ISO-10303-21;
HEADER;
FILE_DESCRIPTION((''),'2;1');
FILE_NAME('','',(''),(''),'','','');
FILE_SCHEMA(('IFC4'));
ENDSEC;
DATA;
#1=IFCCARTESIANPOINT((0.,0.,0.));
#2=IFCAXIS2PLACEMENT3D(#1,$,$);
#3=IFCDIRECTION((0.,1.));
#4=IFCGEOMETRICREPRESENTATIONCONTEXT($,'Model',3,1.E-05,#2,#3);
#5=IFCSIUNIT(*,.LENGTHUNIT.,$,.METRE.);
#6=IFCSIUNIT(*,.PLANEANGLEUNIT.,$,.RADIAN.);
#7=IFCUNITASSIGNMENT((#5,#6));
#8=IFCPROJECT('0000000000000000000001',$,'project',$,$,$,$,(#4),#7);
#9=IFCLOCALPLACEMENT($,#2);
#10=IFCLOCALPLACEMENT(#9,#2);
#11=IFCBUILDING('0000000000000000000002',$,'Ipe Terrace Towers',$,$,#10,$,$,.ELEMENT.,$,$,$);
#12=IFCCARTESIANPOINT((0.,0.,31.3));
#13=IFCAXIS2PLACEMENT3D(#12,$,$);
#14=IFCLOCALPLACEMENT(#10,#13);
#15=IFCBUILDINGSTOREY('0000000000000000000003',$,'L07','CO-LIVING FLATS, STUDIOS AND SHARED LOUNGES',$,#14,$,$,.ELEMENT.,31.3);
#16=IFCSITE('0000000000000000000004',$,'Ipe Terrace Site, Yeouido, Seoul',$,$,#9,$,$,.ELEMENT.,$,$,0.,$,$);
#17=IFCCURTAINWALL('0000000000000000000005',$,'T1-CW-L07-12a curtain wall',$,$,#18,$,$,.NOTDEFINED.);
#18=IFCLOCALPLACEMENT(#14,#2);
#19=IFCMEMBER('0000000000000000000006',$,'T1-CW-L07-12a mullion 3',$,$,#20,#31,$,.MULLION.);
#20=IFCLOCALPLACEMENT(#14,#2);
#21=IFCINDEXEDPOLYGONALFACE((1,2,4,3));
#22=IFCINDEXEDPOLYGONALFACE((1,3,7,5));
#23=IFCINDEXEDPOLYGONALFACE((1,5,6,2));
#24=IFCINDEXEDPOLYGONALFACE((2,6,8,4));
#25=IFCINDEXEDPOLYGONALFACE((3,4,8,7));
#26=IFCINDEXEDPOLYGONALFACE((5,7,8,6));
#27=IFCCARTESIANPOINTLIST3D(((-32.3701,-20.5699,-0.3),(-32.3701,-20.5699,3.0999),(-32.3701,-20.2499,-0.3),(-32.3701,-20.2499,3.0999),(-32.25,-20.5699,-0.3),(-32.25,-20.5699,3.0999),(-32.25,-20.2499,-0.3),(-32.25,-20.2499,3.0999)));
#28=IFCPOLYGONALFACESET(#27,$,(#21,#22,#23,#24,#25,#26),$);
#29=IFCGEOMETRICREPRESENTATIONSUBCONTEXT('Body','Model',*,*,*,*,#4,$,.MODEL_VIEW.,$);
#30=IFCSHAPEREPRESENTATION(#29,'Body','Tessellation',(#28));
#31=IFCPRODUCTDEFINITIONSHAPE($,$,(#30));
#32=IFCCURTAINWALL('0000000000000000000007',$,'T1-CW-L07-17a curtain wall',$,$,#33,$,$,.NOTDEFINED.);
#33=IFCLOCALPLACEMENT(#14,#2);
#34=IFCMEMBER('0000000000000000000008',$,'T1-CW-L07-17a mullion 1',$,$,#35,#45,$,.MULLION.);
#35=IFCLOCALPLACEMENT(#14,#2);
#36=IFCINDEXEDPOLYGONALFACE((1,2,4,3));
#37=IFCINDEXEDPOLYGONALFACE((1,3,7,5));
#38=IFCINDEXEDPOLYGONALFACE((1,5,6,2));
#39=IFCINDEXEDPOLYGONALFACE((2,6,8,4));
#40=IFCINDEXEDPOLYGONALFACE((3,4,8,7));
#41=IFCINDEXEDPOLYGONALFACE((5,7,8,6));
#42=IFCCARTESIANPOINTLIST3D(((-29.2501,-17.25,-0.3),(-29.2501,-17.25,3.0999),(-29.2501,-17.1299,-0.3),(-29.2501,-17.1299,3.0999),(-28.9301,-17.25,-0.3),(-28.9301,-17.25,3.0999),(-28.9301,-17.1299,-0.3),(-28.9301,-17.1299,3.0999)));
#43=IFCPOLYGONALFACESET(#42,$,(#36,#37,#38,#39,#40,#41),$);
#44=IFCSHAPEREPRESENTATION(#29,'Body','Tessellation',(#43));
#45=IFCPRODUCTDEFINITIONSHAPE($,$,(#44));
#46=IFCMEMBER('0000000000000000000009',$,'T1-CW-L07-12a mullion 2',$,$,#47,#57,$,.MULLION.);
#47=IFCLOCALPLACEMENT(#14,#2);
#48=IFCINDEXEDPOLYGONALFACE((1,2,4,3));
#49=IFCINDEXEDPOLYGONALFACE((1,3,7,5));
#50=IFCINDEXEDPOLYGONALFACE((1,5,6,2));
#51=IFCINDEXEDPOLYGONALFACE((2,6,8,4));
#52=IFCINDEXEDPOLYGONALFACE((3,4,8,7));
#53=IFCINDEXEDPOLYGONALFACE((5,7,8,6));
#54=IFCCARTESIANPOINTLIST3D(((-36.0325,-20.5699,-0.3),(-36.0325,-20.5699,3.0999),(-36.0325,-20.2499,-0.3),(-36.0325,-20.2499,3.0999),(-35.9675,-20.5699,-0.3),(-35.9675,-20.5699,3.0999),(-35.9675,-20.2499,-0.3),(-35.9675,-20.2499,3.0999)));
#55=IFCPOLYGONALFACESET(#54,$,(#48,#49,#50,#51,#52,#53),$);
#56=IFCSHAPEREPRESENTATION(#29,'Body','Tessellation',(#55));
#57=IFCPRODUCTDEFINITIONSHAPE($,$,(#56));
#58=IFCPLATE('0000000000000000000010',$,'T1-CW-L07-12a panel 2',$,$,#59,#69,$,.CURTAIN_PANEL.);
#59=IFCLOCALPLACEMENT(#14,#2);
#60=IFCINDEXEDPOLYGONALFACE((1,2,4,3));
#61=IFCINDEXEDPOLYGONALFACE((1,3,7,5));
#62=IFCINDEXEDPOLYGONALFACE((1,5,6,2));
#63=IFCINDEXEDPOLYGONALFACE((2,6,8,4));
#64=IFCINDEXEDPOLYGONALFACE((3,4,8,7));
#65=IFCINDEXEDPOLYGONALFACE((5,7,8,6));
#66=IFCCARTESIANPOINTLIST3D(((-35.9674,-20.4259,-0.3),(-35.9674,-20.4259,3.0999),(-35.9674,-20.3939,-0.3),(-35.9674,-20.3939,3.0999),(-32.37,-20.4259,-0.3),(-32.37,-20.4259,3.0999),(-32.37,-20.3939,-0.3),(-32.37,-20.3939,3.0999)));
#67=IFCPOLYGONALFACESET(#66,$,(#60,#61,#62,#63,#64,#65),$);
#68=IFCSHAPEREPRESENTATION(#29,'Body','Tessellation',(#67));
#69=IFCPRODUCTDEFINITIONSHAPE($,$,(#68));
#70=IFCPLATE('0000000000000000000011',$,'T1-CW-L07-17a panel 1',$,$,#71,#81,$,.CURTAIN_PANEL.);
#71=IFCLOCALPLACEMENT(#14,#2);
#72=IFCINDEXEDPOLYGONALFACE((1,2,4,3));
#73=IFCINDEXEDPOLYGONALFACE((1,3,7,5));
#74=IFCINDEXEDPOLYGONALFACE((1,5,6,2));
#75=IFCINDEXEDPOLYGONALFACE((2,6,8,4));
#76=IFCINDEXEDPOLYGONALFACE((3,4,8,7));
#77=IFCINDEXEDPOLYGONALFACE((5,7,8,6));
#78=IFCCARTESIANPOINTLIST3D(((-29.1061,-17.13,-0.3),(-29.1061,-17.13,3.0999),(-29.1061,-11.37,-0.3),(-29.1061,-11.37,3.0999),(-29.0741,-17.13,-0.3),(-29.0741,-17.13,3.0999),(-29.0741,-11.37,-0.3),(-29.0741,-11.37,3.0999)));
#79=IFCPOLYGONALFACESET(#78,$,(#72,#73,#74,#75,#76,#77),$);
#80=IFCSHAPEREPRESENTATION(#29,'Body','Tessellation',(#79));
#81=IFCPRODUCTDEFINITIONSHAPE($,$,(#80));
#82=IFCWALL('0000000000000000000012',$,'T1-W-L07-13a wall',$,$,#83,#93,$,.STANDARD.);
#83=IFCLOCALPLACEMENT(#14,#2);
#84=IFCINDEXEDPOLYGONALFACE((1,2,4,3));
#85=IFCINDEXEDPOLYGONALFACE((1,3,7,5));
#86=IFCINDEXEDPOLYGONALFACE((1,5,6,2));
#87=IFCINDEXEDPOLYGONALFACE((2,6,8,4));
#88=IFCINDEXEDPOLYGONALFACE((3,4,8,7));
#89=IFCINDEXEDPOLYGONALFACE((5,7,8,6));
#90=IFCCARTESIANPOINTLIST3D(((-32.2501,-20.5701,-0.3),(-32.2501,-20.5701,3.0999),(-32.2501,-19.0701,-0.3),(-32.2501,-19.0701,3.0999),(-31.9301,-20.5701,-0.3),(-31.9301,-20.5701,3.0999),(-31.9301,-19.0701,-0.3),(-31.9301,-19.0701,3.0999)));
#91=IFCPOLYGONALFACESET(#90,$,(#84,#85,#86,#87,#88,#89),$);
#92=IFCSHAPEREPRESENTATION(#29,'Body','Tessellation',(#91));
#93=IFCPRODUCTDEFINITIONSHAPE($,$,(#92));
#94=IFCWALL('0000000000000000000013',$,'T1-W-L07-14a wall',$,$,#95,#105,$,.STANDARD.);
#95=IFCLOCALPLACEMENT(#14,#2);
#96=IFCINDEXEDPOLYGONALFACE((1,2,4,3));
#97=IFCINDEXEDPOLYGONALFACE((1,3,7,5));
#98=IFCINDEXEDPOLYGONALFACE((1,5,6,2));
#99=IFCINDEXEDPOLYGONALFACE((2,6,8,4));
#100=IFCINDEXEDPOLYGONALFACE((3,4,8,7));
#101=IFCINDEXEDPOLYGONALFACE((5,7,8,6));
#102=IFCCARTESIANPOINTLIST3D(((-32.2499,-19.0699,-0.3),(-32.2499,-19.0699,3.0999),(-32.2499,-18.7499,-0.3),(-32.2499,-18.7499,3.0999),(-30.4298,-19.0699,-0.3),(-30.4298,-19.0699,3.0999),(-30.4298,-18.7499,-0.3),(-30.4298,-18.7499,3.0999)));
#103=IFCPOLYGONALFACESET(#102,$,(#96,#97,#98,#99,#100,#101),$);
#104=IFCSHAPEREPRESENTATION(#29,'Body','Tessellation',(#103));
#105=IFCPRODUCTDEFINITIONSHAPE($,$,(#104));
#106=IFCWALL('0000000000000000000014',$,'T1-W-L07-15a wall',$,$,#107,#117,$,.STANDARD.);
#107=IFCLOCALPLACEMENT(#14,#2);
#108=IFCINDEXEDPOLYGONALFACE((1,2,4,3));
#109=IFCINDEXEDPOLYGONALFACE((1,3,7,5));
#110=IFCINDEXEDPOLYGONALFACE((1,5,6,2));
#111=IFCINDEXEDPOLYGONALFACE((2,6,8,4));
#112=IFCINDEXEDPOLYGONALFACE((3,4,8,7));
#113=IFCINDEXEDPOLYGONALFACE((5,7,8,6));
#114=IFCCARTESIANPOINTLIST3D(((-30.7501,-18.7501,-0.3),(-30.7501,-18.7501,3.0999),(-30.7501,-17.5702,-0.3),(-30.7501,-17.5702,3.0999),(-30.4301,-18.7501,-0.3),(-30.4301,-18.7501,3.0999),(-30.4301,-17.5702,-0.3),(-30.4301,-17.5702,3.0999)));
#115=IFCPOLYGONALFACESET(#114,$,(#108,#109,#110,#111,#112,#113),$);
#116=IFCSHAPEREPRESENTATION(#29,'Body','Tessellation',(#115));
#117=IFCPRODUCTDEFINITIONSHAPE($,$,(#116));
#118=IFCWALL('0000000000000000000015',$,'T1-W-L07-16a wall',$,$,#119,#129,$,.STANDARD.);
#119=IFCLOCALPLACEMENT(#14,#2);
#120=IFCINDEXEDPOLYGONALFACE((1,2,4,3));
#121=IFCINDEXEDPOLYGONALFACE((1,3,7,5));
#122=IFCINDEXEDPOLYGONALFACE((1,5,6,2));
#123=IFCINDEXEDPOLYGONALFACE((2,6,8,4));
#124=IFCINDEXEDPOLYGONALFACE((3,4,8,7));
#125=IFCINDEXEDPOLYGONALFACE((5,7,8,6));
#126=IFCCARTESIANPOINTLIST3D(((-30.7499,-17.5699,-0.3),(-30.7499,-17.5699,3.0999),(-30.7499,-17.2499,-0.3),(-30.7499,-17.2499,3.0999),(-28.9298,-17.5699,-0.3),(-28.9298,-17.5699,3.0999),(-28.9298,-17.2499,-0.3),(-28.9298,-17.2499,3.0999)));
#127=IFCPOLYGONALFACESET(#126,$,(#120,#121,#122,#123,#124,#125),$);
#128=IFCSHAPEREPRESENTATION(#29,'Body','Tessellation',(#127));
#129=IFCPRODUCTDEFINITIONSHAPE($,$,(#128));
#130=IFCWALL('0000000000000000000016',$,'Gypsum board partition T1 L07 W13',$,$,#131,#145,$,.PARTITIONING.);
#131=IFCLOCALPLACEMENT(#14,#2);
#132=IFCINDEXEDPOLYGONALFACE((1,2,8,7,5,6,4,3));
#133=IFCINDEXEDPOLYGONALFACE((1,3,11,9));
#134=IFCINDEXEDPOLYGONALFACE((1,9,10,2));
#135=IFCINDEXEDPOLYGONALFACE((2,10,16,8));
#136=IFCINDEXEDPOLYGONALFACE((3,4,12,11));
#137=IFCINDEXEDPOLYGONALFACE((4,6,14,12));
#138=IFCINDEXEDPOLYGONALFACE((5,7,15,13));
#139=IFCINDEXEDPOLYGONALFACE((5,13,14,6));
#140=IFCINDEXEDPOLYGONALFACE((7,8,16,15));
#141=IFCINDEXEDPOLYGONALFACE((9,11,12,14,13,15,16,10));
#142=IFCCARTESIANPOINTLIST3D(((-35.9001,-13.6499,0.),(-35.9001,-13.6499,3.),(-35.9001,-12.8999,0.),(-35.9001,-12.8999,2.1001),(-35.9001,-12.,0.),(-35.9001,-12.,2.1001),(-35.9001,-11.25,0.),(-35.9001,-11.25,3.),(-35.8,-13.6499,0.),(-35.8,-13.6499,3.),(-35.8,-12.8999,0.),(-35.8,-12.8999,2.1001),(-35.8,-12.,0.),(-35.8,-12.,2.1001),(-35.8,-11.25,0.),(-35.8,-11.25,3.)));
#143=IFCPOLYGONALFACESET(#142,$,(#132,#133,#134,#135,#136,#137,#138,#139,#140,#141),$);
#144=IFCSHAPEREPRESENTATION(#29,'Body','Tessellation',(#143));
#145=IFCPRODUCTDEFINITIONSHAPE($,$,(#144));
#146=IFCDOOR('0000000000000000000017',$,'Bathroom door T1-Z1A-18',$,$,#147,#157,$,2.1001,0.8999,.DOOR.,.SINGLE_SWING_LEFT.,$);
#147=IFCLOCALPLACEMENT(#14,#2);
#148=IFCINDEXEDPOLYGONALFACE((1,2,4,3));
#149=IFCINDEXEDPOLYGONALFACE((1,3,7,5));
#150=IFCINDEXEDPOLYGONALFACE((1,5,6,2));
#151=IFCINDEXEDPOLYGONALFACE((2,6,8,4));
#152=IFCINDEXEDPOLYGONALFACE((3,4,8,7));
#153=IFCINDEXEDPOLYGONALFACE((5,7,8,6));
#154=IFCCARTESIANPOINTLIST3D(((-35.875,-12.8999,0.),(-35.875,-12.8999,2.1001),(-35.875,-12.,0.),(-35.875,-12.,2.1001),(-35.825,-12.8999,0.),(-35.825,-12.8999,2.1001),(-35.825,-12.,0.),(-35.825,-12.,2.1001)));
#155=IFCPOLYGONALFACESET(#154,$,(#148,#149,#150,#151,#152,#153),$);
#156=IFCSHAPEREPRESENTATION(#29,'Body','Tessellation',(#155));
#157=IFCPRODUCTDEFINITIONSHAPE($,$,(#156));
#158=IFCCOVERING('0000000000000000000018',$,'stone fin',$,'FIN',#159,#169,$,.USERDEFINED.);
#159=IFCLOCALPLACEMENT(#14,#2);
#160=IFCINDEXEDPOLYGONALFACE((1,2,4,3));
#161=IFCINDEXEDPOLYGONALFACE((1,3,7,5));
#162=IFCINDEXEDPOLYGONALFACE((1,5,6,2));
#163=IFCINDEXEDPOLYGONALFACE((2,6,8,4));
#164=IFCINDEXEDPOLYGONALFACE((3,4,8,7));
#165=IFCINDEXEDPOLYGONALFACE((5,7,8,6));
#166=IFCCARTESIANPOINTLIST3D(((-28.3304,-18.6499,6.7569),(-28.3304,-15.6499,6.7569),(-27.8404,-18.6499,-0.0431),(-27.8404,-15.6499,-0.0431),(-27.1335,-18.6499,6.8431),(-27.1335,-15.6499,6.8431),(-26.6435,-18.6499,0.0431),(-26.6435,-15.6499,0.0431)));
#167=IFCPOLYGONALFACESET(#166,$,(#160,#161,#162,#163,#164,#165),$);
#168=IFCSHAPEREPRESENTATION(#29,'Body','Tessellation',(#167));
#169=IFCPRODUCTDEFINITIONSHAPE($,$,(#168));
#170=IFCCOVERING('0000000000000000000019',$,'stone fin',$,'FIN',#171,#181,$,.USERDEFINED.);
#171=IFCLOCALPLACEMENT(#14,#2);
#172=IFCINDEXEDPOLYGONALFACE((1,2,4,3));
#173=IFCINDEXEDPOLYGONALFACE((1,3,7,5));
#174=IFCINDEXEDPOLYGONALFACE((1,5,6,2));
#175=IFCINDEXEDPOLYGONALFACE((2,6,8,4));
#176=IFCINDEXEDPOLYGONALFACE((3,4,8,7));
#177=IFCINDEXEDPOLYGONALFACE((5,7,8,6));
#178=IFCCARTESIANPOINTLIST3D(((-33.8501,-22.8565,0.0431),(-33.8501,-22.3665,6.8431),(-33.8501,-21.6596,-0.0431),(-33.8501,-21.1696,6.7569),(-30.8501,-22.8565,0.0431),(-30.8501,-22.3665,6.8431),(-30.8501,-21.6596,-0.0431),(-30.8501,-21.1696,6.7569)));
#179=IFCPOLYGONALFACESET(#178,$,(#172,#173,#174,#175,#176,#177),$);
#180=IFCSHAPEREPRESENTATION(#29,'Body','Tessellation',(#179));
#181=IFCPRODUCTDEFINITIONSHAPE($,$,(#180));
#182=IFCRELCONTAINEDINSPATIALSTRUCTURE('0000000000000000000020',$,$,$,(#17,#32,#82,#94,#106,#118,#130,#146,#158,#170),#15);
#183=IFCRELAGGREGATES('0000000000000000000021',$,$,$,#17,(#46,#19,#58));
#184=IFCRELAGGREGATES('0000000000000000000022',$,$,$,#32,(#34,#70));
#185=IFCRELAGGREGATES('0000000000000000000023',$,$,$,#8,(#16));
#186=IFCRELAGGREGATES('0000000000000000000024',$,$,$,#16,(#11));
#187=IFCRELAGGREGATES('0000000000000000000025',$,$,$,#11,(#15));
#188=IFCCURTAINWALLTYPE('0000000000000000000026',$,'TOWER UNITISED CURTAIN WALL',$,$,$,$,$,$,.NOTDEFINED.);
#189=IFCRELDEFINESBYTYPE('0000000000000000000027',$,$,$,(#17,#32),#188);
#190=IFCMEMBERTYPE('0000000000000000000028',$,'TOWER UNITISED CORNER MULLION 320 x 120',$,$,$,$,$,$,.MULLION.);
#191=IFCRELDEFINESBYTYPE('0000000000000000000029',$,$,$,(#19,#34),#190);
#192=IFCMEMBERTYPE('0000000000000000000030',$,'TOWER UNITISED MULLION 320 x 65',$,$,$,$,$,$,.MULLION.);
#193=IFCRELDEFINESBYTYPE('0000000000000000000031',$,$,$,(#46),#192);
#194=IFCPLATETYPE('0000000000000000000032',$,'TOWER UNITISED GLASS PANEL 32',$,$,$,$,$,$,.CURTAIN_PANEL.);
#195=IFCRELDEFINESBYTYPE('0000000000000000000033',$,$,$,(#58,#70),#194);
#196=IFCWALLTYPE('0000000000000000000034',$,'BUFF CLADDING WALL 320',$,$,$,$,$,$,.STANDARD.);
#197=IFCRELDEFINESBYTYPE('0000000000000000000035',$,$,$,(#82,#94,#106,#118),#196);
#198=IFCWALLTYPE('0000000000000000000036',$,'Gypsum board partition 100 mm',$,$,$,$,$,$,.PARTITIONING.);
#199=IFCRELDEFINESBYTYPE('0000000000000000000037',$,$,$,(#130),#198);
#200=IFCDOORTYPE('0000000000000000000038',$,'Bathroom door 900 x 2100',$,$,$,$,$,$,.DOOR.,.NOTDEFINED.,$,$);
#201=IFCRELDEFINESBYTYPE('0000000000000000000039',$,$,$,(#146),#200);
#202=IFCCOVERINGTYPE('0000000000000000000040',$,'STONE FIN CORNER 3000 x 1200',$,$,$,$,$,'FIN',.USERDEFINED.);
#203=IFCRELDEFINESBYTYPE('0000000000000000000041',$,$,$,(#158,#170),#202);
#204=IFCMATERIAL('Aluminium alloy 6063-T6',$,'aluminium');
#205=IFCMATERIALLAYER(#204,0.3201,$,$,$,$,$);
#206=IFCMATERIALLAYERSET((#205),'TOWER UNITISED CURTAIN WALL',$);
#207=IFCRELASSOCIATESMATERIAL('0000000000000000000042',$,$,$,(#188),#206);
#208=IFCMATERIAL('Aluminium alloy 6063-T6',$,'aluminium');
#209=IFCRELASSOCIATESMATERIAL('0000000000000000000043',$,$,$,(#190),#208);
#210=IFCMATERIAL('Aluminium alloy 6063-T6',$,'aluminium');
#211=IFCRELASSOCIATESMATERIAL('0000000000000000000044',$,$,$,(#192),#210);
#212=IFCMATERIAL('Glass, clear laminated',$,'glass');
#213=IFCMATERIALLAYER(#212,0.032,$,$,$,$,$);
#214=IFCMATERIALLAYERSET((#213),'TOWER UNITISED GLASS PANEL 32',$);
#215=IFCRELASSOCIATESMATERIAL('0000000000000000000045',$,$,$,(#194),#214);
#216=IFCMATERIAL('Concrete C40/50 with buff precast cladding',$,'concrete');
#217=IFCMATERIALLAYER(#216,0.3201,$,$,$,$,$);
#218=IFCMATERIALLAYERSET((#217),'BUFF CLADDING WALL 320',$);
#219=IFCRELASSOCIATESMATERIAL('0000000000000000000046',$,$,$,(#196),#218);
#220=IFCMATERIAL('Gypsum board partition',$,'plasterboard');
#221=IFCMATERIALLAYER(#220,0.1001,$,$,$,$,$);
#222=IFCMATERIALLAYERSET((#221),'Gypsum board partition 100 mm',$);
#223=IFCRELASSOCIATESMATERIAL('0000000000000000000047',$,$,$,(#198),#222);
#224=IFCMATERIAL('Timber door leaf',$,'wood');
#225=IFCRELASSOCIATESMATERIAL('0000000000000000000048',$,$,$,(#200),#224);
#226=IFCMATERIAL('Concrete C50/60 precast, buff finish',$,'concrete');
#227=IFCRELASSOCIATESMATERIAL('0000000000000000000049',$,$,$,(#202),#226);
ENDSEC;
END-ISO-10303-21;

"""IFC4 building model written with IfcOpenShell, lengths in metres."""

from ifc_helpers import new_model, si_unit, direction, frame, frame_2d, origin, origin_2d, place, context, subcontext, project, spatial, rectangle, extrude, material, layer, layer_set, material_profile, profile_set, type_object, element, fill, aggregate, save


model = new_model("IFC4")

# Units and contexts
model_context = context("Model", 3, precision=1e-05, world=origin(), true_north=direction((0.0, 1.0)))
body_context = subcontext(model_context, "Body", "Model", "MODEL_VIEW")
ifc_project = project(units=[si_unit("LENGTHUNIT", "METRE"), si_unit("PLANEANGLEUNIT", "RADIAN")], contexts=[model_context])

# Site, building, storey
site_placement = place(None, origin())
site = spatial("IfcSite", under=ifc_project, at=site_placement, Name="Ipe Terrace Site, Yeouido, Seoul", CompositionType="ELEMENT", RefElevation=0.0)
building_placement = place(site_placement, origin())
building = spatial("IfcBuilding", under=site, at=building_placement, Name="Ipe Terrace Towers", CompositionType="ELEMENT")
storey_placement = place(building_placement, frame((0.0, 0.0, 31.3)))
storey = spatial("IfcBuildingStorey", under=building, at=storey_placement, Name="L07", Description="CO-LIVING FLATS, STUDIOS AND SHARED LOUNGES", CompositionType="ELEMENT", Elevation=31.3)

# Curtain walls, members
ifc_material_1 = material(Name="Aluminium alloy 6063-T6", Category="aluminium")
ifc_layer_1 = layer(ifc_material_1, 0.3201)
ifc_layer_set_1 = layer_set([ifc_layer_1], Name="TOWER UNITISED CURTAIN WALL")
curtain_wall_type = type_object("IfcCurtainWallType", Name="TOWER UNITISED CURTAIN WALL", PredefinedType="NOTDEFINED", material=ifc_layer_set_1)
curtain_wall_1_placement = place(storey_placement, origin())
curtain_wall_1 = element("IfcCurtainWall", 1, at=curtain_wall_1_placement, inside=storey, type_object=curtain_wall_type, Name="T1-CW-L07-12a curtain wall", PredefinedType="NOTDEFINED")
ifc_material_2 = material(Name="Aluminium alloy 6063-T6", Category="aluminium")
ifc_material_profile_1 = material_profile(ifc_material_2, rectangle(XDim=0.3201, YDim=0.1201, at=origin_2d()), Name="TOWER UNITISED CORNER MULLION 320 x 120")
ifc_profile_set_1 = profile_set([ifc_material_profile_1], Name="Aluminium alloy 6063-T6")
member_type_1 = type_object("IfcMemberType", Name="TOWER UNITISED CORNER MULLION 320 x 120", PredefinedType="MULLION", material=ifc_profile_set_1)
member_1_placement = place(storey_placement, frame((-32.3101, -20.4099, -0.3), z_axis=(0.0, 0.0, 1.0), x_axis=(0.0, -1.0, 0.0)))
member_1 = element("IfcMember", 2, at=member_1_placement, type_object=member_type_1, Name="T1-CW-L07-12a mullion 3", PredefinedType="MULLION", context=body_context, shape_type="SweptSolid", body=[
    extrude(rectangle(XDim=0.3201, YDim=0.1201, at=origin_2d()), origin(), (0.0, 0.0, 1.0), 3.3999),
])
curtain_wall_2_placement = place(storey_placement, origin())
curtain_wall_2 = element("IfcCurtainWall", 3, at=curtain_wall_2_placement, inside=storey, type_object=curtain_wall_type, Name="T1-CW-L07-17a curtain wall", PredefinedType="NOTDEFINED")
member_2_placement = place(storey_placement, frame((-29.0901, -17.1899, -0.3), z_axis=(0.0, 0.0, 1.0), x_axis=(1.0, 0.0, 0.0)))
member_2 = element("IfcMember", 4, at=member_2_placement, type_object=member_type_1, Name="T1-CW-L07-17a mullion 1", PredefinedType="MULLION", context=body_context, shape_type="SweptSolid", body=[
    extrude(rectangle(XDim=0.3201, YDim=0.1201, at=origin_2d()), origin(), (0.0, 0.0, 1.0), 3.3999),
])

# Member
ifc_material_3 = material(Name="Aluminium alloy 6063-T6", Category="aluminium")
ifc_material_profile_2 = material_profile(ifc_material_3, rectangle(XDim=0.3201, YDim=0.0649, at=origin_2d()), Name="TOWER UNITISED MULLION 320 x 65")
ifc_profile_set_2 = profile_set([ifc_material_profile_2], Name="Aluminium alloy 6063-T6")
member_type_2 = type_object("IfcMemberType", Name="TOWER UNITISED MULLION 320 x 65", PredefinedType="MULLION", material=ifc_profile_set_2)
member_3_placement = place(storey_placement, frame((-36.0, -20.4099, -0.3), z_axis=(0.0, 0.0, 1.0), x_axis=(0.0, -1.0, 0.0)))
member_3 = element("IfcMember", 5, at=member_3_placement, type_object=member_type_2, Name="T1-CW-L07-12a mullion 2", PredefinedType="MULLION", context=body_context, shape_type="SweptSolid", body=[
    extrude(rectangle(XDim=0.3201, YDim=0.0649, at=origin_2d()), origin(), (0.0, 0.0, 1.0), 3.3999),
])

# Plates
ifc_material_4 = material(Name="Glass, clear laminated", Category="glass")
ifc_layer_2 = layer(ifc_material_4, 0.032)
ifc_layer_set_2 = layer_set([ifc_layer_2], Name="TOWER UNITISED GLASS PANEL 32")
plate_type = type_object("IfcPlateType", Name="TOWER UNITISED GLASS PANEL 32", PredefinedType="CURTAIN_PANEL", material=ifc_layer_set_2)
plate_1_placement = place(storey_placement, frame((-34.1687, -20.4099, -0.3), z_axis=(0.0, 0.0, 1.0), x_axis=(1.0, 0.0, 0.0)))
plate_1 = element("IfcPlate", 6, at=plate_1_placement, type_object=plate_type, Name="T1-CW-L07-12a panel 2", PredefinedType="CURTAIN_PANEL", context=body_context, shape_type="SweptSolid", body=[
    extrude(rectangle(XDim=3.5974, YDim=0.032, at=origin_2d()), origin(), (0.0, 0.0, 1.0), 3.3999),
])
aggregate(curtain_wall_1, [member_3, member_1, plate_1])
plate_2_placement = place(storey_placement, frame((-29.0901, -14.25, -0.3), z_axis=(0.0, 0.0, 1.0), x_axis=(0.0, 1.0, 0.0)))
plate_2 = element("IfcPlate", 7, at=plate_2_placement, type_object=plate_type, Name="T1-CW-L07-17a panel 1", PredefinedType="CURTAIN_PANEL", context=body_context, shape_type="SweptSolid", body=[
    extrude(rectangle(XDim=5.76, YDim=0.032, at=origin_2d()), origin(), (0.0, 0.0, 1.0), 3.3999),
])
aggregate(curtain_wall_2, [member_2, plate_2])

# Walls
ifc_material_5 = material(Name="Concrete C40/50 with buff precast cladding", Category="concrete")
ifc_layer_3 = layer(ifc_material_5, 0.3201)
ifc_layer_set_3 = layer_set([ifc_layer_3], Name="BUFF CLADDING WALL 320")
wall_type_1 = type_object("IfcWallType", Name="BUFF CLADDING WALL 320", PredefinedType="STANDARD", material=ifc_layer_set_3)
wall_1_placement = place(storey_placement, frame((-32.0901, -20.5701, -0.3), z_axis=(0.0, 0.0, 1.0), x_axis=(0.0, 1.0, 0.0)))
element("IfcWall", 8, at=wall_1_placement, inside=storey, type_object=wall_type_1, Name="T1-W-L07-13a wall", PredefinedType="STANDARD", context=body_context, shape_type="SweptSolid", body=[
    extrude(rectangle(XDim=1.5, YDim=0.3201, at=frame_2d((0.75, 0.0))), origin(), (0.0, 0.0, 1.0), 3.3999),
])
wall_2_placement = place(storey_placement, frame((-32.25, -18.9099, -0.3), z_axis=(0.0, 0.0, 1.0), x_axis=(1.0, 0.0, 0.0)))
element("IfcWall", 9, at=wall_2_placement, inside=storey, type_object=wall_type_1, Name="T1-W-L07-14a wall", PredefinedType="STANDARD", context=body_context, shape_type="SweptSolid", body=[
    extrude(rectangle(XDim=1.8201, YDim=0.3201, at=frame_2d((0.9102, 0.0))), origin(), (0.0, 0.0, 1.0), 3.3999),
])
wall_3_placement = place(storey_placement, frame((-30.5901, -18.75, -0.3), z_axis=(0.0, 0.0, 1.0), x_axis=(0.0, 1.0, 0.0)))
element("IfcWall", 10, at=wall_3_placement, inside=storey, type_object=wall_type_1, Name="T1-W-L07-15a wall", PredefinedType="STANDARD", context=body_context, shape_type="SweptSolid", body=[
    extrude(rectangle(XDim=1.1799, YDim=0.3201, at=frame_2d((0.5898, 0.0))), origin(), (0.0, 0.0, 1.0), 3.3999),
])
wall_4_placement = place(storey_placement, frame((-30.75, -17.4099, -0.3), z_axis=(0.0, 0.0, 1.0), x_axis=(1.0, 0.0, 0.0)))
element("IfcWall", 11, at=wall_4_placement, inside=storey, type_object=wall_type_1, Name="T1-W-L07-16a wall", PredefinedType="STANDARD", context=body_context, shape_type="SweptSolid", body=[
    extrude(rectangle(XDim=1.8201, YDim=0.3201, at=frame_2d((0.9102, 0.0))), origin(), (0.0, 0.0, 1.0), 3.3999),
])

# Wall, opening, door
ifc_material_6 = material(Name="Gypsum board partition", Category="plasterboard")
ifc_layer_4 = layer(ifc_material_6, 0.1001)
ifc_layer_set_4 = layer_set([ifc_layer_4], Name="Gypsum board partition 100 mm")
wall_type_2 = type_object("IfcWallType", Name="Gypsum board partition 100 mm", PredefinedType="PARTITIONING", material=ifc_layer_set_4)
wall_5_placement = place(storey_placement, frame((-35.8501, -13.6499, 0.0), z_axis=(0.0, 0.0, 1.0), x_axis=(0.0, 1.0, 0.0)))
wall_5 = element("IfcWall", 12, at=wall_5_placement, inside=storey, type_object=wall_type_2, Name="Gypsum board partition T1 L07 W13", PredefinedType="PARTITIONING", context=body_context, shape_type="SweptSolid", body=[
    extrude(rectangle(XDim=2.3999, YDim=0.1001, at=frame_2d((1.2, 0.0))), origin(), (0.0, 0.0, 1.0), 3.0),
])
opening_placement = place(wall_5_placement, frame((0.75, 0.0, 0.0)))
opening = element("IfcOpeningElement", 13, at=opening_placement, cuts=wall_5, PredefinedType="OPENING", context=body_context, shape_type="SweptSolid", body=[
    extrude(rectangle(XDim=0.8999, YDim=2.1001, at=frame_2d((0.45, 1.05))), frame((0.0, 0.0601, 0.0), z_axis=(0.0, -1.0, 0.0), x_axis=(1.0, 0.0, 0.0)), (0.0, 0.0, 1.0), 0.1201),
])
ifc_material_7 = material(Name="Timber door leaf", Category="wood")
door_type = type_object("IfcDoorType", Name="Bathroom door 900 x 2100", OperationType="NOTDEFINED", PredefinedType="DOOR", material=ifc_material_7)
door_placement = place(opening_placement, origin())
door = element("IfcDoor", 14, at=door_placement, inside=storey, type_object=door_type, Name="Bathroom door T1-Z1A-18", OperationType="SINGLE_SWING_LEFT", OverallHeight=2.1001, OverallWidth=0.8999, PredefinedType="DOOR", context=body_context, shape_type="SweptSolid", body=[
    extrude(rectangle(XDim=0.8999, YDim=2.1001, at=frame_2d((0.45, 1.05))), frame((0.0, 0.0249, 0.0), z_axis=(0.0, -1.0, 0.0), x_axis=(1.0, 0.0, 0.0)), (0.0, 0.0, 1.0), 0.05),
])
fill(opening, door)

# Coverings
ifc_material_8 = material(Name="Concrete C50/60 precast, buff finish", Category="concrete")
ifc_material_profile_3 = material_profile(ifc_material_8, rectangle(XDim=3.0, YDim=1.2, at=origin_2d()), Name="STONE FIN CORNER 3000 x 1200")
ifc_profile_set_3 = profile_set([ifc_material_profile_3], Name="Concrete C50/60 precast, buff finish")
covering_type_1 = type_object("IfcCoveringType", Name="STONE FIN CORNER 3000 x 1200", ElementType="FIN", PredefinedType="USERDEFINED", material=ifc_profile_set_3)
for number, where, z_axis, x_axis, name in (
    (15, (-27.2419, -17.1499, 0.0), (-0.071871, 0.0, 0.997414), (0.0, 1.0, 0.0), "stone fin"),
    (16, (-32.3501, -22.2581, 0.0), (0.0, 0.071871, 0.997414), (1.0, 0.0, 0.0), "stone fin"),
):
    element("IfcCovering", number, at=place(storey_placement, frame(where, z_axis=z_axis, x_axis=x_axis)), inside=storey, type_object=covering_type_1, Name=name, ObjectType="FIN", PredefinedType="USERDEFINED", context=body_context, shape_type="SweptSolid", body=[
        extrude(rectangle(XDim=3.0, YDim=1.2, at=origin_2d()), origin(), (0.0, 0.0, 1.0), 6.8176),
    ])

save(model, "model.ifc")
